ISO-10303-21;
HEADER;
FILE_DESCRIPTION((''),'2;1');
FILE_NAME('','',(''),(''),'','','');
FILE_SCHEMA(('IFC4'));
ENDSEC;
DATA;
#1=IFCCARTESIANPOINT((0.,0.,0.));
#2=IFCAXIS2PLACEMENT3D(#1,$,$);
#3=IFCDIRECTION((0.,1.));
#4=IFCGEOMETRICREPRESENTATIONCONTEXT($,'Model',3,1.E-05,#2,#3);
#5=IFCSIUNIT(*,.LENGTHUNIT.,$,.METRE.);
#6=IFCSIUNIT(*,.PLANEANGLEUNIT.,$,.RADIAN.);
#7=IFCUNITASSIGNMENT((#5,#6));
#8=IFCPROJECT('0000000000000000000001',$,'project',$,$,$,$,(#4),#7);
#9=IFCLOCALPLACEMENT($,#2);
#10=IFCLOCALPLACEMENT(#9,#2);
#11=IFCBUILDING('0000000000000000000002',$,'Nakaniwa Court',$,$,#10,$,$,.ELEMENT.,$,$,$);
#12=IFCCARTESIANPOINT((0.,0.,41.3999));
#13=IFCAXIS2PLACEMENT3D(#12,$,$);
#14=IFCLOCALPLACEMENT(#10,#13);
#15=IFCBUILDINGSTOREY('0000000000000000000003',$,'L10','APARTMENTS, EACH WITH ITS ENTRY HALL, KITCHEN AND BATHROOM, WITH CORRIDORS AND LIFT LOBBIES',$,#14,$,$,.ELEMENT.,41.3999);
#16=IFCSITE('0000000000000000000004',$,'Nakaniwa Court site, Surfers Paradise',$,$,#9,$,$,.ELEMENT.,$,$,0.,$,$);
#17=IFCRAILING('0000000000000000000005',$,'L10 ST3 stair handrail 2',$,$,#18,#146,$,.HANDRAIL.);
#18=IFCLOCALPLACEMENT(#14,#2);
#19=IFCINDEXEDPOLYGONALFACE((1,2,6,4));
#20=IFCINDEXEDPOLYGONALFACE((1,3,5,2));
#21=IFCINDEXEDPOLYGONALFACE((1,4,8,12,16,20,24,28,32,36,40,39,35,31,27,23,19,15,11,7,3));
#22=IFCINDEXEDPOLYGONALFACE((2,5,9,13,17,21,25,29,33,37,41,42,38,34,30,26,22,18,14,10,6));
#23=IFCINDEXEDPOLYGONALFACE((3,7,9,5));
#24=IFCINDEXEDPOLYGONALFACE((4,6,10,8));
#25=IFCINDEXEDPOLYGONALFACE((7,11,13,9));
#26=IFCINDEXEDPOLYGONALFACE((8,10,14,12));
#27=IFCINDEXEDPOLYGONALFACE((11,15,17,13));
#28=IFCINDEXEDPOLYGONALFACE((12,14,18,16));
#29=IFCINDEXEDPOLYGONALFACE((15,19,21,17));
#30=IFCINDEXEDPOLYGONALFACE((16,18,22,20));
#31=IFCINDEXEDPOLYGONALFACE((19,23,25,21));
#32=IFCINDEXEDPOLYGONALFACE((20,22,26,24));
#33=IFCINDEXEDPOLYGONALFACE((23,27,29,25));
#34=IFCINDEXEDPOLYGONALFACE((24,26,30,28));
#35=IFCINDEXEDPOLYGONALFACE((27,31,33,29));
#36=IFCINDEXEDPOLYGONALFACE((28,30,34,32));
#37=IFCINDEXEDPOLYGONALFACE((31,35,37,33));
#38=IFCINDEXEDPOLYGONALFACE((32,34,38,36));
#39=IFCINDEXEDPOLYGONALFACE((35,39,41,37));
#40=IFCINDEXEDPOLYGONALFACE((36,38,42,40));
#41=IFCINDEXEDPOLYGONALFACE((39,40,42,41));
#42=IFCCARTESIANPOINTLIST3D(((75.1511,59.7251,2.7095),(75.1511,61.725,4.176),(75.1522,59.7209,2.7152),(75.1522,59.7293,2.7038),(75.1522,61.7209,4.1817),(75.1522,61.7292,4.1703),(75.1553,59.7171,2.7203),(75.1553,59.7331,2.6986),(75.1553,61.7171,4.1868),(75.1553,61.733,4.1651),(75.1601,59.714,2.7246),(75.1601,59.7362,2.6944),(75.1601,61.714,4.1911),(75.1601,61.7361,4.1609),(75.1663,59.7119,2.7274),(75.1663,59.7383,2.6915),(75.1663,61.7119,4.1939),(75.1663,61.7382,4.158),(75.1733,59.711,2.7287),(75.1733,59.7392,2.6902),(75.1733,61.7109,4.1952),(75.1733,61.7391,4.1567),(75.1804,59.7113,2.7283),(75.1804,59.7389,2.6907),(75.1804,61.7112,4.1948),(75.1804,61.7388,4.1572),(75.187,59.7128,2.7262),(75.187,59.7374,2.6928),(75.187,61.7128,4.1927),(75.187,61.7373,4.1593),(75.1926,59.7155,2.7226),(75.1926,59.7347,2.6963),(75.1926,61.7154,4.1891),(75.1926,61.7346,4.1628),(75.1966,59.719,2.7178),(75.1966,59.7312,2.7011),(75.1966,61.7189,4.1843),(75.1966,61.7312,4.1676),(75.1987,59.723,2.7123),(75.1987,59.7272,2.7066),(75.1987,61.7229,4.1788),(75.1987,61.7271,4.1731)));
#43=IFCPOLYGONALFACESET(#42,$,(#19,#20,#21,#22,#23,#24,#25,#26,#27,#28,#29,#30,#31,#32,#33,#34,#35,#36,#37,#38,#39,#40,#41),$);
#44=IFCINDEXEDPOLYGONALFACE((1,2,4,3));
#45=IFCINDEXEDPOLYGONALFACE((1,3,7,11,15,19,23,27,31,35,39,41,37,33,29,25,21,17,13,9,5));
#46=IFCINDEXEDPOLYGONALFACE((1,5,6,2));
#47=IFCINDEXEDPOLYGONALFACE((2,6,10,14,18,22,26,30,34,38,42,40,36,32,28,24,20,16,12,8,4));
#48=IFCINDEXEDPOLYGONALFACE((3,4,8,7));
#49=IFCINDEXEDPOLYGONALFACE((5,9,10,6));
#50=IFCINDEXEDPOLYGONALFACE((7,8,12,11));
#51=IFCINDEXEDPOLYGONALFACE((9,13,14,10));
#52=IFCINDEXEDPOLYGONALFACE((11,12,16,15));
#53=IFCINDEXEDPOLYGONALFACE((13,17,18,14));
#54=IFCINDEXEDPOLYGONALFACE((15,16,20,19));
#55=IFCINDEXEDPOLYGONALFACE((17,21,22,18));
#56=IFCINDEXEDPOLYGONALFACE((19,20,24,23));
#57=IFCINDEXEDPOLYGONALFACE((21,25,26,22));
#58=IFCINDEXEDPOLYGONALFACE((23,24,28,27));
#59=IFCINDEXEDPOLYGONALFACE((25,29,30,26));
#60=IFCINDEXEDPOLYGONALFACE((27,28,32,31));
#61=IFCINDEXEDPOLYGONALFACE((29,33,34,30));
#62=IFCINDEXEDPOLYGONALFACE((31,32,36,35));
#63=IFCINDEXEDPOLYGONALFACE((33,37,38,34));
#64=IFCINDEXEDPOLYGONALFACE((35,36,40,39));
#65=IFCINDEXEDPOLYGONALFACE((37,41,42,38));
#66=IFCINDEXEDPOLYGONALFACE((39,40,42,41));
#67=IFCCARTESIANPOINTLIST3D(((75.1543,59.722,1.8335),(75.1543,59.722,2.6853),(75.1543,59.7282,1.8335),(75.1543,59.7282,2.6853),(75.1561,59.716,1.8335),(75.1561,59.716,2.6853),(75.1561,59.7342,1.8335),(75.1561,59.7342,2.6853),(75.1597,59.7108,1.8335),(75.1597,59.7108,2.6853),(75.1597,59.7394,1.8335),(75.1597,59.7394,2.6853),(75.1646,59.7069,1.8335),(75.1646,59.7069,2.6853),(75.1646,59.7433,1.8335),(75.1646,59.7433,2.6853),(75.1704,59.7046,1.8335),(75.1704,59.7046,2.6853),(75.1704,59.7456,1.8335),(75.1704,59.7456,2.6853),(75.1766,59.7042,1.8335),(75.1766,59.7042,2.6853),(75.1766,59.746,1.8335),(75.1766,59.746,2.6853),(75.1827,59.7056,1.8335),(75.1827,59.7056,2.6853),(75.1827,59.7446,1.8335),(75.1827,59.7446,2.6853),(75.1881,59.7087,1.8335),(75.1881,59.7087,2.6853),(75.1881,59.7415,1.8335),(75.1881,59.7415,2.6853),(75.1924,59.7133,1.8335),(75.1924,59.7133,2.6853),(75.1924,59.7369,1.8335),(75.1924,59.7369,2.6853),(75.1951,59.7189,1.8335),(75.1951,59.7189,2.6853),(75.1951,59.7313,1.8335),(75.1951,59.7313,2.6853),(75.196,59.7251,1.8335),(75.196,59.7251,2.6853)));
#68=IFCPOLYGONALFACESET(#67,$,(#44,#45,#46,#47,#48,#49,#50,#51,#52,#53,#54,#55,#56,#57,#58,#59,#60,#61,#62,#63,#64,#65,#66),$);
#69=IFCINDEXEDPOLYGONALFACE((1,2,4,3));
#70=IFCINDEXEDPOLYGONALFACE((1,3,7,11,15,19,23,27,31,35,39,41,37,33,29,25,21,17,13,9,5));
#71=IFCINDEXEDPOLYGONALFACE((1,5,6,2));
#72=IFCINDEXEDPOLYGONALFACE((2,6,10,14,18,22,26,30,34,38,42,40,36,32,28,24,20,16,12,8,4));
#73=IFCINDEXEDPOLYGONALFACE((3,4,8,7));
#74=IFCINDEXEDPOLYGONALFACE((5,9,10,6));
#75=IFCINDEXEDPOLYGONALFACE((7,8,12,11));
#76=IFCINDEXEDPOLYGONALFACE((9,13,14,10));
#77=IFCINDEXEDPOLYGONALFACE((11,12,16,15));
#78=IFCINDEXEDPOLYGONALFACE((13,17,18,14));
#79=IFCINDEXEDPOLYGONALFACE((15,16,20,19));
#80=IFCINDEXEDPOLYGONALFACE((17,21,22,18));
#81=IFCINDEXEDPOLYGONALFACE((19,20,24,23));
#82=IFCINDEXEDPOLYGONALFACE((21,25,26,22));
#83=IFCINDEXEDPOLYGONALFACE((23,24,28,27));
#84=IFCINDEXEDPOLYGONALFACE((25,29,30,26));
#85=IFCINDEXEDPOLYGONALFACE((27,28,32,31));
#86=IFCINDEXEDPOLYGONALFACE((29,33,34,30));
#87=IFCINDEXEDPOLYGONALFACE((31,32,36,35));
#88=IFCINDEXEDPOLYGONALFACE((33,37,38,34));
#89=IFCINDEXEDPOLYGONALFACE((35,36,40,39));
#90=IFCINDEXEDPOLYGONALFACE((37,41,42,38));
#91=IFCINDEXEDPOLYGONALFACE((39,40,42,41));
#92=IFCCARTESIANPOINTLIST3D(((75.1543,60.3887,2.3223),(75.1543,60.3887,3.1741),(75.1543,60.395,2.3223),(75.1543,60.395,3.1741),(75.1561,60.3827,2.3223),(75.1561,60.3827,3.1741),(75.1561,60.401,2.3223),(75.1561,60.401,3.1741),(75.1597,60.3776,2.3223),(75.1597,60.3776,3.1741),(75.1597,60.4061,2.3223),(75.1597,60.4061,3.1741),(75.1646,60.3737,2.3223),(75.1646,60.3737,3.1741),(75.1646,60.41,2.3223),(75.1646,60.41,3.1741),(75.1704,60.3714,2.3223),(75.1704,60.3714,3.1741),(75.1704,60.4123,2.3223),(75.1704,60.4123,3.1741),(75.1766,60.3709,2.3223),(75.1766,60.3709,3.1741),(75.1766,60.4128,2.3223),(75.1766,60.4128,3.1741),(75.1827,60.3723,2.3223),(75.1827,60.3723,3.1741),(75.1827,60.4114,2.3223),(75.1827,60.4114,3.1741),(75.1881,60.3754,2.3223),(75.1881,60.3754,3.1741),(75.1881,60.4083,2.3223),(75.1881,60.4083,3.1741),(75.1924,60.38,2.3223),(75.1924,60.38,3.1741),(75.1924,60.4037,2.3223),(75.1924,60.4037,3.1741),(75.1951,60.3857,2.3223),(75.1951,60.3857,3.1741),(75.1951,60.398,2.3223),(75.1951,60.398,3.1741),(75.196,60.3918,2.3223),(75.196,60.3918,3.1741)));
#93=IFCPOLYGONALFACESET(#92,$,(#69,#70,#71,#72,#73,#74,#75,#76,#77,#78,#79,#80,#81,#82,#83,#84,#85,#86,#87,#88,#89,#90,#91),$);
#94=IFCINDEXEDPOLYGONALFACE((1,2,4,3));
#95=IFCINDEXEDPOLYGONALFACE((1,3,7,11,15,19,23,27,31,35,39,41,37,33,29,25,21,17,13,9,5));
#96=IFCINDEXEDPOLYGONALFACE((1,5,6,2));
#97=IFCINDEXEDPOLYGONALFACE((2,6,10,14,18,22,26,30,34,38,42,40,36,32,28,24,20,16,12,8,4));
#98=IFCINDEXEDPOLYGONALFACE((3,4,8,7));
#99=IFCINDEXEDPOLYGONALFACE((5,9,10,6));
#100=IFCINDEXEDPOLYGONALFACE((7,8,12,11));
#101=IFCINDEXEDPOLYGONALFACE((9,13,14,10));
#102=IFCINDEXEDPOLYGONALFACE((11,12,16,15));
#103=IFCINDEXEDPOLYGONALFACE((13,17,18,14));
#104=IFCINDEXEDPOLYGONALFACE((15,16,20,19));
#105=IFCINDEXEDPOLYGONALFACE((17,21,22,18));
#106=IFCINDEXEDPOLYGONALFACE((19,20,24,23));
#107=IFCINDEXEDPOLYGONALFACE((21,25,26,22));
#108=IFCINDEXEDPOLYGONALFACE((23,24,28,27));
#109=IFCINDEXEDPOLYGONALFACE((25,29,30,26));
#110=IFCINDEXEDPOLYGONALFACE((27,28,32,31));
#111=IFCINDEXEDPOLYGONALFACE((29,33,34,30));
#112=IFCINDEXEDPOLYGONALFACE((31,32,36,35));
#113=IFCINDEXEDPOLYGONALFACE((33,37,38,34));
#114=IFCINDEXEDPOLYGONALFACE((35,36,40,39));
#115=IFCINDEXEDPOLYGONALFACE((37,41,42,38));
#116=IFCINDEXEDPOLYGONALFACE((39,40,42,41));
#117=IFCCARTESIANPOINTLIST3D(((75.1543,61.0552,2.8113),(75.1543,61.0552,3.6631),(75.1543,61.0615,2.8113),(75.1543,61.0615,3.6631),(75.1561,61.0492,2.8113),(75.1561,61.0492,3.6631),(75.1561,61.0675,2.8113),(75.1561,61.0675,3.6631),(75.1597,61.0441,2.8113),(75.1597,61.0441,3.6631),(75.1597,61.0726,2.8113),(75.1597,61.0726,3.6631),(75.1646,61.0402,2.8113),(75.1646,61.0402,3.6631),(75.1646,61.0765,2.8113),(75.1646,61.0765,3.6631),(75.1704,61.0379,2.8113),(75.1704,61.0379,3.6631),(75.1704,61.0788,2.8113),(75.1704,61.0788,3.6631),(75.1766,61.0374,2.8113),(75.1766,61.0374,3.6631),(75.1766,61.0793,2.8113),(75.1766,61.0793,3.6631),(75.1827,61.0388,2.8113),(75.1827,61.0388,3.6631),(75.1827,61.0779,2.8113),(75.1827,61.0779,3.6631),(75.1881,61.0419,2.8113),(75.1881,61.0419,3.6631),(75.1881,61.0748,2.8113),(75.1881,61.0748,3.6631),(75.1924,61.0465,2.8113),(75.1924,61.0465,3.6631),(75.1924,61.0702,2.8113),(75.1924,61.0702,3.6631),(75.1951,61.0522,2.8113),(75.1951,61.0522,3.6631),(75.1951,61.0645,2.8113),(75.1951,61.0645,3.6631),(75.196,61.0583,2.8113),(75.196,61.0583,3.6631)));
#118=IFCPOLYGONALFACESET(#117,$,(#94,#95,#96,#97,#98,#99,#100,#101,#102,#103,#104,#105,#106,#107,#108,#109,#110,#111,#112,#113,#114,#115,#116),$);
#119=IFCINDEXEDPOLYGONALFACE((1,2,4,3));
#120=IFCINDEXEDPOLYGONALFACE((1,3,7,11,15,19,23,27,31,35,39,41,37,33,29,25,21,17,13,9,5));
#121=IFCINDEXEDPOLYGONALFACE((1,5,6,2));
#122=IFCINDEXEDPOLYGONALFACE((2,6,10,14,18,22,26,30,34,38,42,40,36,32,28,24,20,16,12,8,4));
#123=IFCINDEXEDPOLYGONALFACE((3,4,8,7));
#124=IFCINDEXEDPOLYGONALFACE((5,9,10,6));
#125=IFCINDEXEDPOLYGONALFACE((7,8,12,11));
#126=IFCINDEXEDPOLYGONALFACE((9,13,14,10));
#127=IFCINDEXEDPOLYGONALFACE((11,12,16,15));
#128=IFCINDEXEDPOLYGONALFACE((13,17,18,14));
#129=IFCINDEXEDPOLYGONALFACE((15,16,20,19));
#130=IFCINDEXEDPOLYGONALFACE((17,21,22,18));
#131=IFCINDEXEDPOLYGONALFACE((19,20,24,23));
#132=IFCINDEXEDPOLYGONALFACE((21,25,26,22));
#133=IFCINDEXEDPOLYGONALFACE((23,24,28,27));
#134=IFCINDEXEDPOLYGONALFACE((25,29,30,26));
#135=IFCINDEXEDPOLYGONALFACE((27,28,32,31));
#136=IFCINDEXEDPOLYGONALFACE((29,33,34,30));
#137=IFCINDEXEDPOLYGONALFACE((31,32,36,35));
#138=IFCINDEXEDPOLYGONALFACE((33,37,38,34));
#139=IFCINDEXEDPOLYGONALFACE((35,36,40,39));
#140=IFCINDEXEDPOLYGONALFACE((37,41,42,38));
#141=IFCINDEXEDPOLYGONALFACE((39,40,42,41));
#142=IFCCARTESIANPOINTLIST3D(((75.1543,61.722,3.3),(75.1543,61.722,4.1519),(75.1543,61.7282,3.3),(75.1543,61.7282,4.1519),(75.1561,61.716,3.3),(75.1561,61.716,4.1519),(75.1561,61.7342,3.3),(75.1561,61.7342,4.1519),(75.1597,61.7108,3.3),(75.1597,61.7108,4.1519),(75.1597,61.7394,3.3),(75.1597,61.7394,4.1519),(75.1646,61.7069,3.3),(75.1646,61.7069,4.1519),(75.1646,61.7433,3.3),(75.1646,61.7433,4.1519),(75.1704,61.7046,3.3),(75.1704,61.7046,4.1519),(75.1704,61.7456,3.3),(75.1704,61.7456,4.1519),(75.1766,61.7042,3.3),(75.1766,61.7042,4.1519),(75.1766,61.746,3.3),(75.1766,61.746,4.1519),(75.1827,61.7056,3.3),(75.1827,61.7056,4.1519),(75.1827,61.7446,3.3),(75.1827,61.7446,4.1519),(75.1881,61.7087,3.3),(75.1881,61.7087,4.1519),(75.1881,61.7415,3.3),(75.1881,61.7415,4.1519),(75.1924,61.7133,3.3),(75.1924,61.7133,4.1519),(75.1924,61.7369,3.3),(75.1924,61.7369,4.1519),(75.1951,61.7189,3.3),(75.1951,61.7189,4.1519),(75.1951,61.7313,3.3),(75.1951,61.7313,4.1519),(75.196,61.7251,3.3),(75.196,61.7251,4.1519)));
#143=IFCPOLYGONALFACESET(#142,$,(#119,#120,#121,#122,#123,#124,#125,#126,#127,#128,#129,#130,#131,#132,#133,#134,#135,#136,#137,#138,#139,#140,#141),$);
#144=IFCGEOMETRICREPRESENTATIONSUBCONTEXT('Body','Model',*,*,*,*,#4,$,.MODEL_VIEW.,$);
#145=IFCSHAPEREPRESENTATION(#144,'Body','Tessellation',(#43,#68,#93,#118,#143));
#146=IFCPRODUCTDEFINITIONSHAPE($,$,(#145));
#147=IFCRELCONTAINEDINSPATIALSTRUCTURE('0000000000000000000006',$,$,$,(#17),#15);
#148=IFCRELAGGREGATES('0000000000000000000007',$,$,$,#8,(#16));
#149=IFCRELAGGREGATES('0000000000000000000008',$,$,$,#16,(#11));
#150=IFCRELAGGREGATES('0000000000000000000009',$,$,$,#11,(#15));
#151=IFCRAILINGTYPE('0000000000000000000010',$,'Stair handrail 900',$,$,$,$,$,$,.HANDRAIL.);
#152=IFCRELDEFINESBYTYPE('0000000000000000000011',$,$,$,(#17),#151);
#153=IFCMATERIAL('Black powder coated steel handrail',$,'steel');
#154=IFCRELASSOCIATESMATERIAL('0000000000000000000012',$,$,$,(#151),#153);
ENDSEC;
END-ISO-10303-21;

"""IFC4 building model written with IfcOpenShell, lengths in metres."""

from ifc_helpers import new_model, si_unit, direction, frame, origin, origin_2d, place, context, subcontext, project, spatial, circle, extrude, material, type_object, element, save


model = new_model("IFC4")

# Units and contexts
model_context = context("Model", 3, precision=1e-05, world=origin(), true_north=direction((0.0, 1.0)))
body_context = subcontext(model_context, "Body", "Model", "MODEL_VIEW")
ifc_project = project(units=[si_unit("LENGTHUNIT", "METRE"), si_unit("PLANEANGLEUNIT", "RADIAN")], contexts=[model_context])

# Site, building, storey
site_placement = place(None, origin())
site = spatial("IfcSite", under=ifc_project, at=site_placement, Name="Nakaniwa Court site, Surfers Paradise", CompositionType="ELEMENT", RefElevation=0.0)
building_placement = place(site_placement, origin())
building = spatial("IfcBuilding", under=site, at=building_placement, Name="Nakaniwa Court", CompositionType="ELEMENT")
storey_placement = place(building_placement, frame((0.0, 0.0, 41.3999)))
storey = spatial("IfcBuildingStorey", under=building, at=storey_placement, Name="L10", Description="APARTMENTS, EACH WITH ITS ENTRY HALL, KITCHEN AND BATHROOM, WITH CORRIDORS AND LIFT LOBBIES", CompositionType="ELEMENT", Elevation=41.3999)

# Railing
ifc_material_1 = material(Name="Black powder coated steel handrail", Category="steel")
railing_type_1 = type_object("IfcRailingType", Name="Stair handrail 900", PredefinedType="HANDRAIL", material=ifc_material_1)
railing_1_placement = place(storey_placement, frame((75.175, 59.7251, 1.8335)))
element("IfcRailing", 1, at=railing_1_placement, inside=storey, type_object=railing_type_1, Name="L10 ST3 stair handrail 2", PredefinedType="HANDRAIL", context=body_context, shape_type="SweptSolid", body=[
    extrude(circle(Radius=0.0239, at=origin_2d()), frame((0.0, 0.0, 0.876), z_axis=(0.0, 0.806427, 0.591334), x_axis=(-1.0, 0.0, 0.0)), (0.0, 0.0, 1.0), 2.48),
    extrude(circle(Radius=0.021, at=origin_2d()), origin(), (0.0, 0.0, 1.0), 0.8518),
    extrude(circle(Radius=0.021, at=origin_2d()), frame((0.0, 0.6667, 0.4888)), (0.0, 0.0, 1.0), 0.8518),
    extrude(circle(Radius=0.021, at=origin_2d()), frame((0.0, 1.3333, 0.9778)), (0.0, 0.0, 1.0), 0.8518),
    extrude(circle(Radius=0.021, at=origin_2d()), frame((0.0, 2.0, 1.4666)), (0.0, 0.0, 1.0), 0.8518),
])

save(model, "model.ifc")
